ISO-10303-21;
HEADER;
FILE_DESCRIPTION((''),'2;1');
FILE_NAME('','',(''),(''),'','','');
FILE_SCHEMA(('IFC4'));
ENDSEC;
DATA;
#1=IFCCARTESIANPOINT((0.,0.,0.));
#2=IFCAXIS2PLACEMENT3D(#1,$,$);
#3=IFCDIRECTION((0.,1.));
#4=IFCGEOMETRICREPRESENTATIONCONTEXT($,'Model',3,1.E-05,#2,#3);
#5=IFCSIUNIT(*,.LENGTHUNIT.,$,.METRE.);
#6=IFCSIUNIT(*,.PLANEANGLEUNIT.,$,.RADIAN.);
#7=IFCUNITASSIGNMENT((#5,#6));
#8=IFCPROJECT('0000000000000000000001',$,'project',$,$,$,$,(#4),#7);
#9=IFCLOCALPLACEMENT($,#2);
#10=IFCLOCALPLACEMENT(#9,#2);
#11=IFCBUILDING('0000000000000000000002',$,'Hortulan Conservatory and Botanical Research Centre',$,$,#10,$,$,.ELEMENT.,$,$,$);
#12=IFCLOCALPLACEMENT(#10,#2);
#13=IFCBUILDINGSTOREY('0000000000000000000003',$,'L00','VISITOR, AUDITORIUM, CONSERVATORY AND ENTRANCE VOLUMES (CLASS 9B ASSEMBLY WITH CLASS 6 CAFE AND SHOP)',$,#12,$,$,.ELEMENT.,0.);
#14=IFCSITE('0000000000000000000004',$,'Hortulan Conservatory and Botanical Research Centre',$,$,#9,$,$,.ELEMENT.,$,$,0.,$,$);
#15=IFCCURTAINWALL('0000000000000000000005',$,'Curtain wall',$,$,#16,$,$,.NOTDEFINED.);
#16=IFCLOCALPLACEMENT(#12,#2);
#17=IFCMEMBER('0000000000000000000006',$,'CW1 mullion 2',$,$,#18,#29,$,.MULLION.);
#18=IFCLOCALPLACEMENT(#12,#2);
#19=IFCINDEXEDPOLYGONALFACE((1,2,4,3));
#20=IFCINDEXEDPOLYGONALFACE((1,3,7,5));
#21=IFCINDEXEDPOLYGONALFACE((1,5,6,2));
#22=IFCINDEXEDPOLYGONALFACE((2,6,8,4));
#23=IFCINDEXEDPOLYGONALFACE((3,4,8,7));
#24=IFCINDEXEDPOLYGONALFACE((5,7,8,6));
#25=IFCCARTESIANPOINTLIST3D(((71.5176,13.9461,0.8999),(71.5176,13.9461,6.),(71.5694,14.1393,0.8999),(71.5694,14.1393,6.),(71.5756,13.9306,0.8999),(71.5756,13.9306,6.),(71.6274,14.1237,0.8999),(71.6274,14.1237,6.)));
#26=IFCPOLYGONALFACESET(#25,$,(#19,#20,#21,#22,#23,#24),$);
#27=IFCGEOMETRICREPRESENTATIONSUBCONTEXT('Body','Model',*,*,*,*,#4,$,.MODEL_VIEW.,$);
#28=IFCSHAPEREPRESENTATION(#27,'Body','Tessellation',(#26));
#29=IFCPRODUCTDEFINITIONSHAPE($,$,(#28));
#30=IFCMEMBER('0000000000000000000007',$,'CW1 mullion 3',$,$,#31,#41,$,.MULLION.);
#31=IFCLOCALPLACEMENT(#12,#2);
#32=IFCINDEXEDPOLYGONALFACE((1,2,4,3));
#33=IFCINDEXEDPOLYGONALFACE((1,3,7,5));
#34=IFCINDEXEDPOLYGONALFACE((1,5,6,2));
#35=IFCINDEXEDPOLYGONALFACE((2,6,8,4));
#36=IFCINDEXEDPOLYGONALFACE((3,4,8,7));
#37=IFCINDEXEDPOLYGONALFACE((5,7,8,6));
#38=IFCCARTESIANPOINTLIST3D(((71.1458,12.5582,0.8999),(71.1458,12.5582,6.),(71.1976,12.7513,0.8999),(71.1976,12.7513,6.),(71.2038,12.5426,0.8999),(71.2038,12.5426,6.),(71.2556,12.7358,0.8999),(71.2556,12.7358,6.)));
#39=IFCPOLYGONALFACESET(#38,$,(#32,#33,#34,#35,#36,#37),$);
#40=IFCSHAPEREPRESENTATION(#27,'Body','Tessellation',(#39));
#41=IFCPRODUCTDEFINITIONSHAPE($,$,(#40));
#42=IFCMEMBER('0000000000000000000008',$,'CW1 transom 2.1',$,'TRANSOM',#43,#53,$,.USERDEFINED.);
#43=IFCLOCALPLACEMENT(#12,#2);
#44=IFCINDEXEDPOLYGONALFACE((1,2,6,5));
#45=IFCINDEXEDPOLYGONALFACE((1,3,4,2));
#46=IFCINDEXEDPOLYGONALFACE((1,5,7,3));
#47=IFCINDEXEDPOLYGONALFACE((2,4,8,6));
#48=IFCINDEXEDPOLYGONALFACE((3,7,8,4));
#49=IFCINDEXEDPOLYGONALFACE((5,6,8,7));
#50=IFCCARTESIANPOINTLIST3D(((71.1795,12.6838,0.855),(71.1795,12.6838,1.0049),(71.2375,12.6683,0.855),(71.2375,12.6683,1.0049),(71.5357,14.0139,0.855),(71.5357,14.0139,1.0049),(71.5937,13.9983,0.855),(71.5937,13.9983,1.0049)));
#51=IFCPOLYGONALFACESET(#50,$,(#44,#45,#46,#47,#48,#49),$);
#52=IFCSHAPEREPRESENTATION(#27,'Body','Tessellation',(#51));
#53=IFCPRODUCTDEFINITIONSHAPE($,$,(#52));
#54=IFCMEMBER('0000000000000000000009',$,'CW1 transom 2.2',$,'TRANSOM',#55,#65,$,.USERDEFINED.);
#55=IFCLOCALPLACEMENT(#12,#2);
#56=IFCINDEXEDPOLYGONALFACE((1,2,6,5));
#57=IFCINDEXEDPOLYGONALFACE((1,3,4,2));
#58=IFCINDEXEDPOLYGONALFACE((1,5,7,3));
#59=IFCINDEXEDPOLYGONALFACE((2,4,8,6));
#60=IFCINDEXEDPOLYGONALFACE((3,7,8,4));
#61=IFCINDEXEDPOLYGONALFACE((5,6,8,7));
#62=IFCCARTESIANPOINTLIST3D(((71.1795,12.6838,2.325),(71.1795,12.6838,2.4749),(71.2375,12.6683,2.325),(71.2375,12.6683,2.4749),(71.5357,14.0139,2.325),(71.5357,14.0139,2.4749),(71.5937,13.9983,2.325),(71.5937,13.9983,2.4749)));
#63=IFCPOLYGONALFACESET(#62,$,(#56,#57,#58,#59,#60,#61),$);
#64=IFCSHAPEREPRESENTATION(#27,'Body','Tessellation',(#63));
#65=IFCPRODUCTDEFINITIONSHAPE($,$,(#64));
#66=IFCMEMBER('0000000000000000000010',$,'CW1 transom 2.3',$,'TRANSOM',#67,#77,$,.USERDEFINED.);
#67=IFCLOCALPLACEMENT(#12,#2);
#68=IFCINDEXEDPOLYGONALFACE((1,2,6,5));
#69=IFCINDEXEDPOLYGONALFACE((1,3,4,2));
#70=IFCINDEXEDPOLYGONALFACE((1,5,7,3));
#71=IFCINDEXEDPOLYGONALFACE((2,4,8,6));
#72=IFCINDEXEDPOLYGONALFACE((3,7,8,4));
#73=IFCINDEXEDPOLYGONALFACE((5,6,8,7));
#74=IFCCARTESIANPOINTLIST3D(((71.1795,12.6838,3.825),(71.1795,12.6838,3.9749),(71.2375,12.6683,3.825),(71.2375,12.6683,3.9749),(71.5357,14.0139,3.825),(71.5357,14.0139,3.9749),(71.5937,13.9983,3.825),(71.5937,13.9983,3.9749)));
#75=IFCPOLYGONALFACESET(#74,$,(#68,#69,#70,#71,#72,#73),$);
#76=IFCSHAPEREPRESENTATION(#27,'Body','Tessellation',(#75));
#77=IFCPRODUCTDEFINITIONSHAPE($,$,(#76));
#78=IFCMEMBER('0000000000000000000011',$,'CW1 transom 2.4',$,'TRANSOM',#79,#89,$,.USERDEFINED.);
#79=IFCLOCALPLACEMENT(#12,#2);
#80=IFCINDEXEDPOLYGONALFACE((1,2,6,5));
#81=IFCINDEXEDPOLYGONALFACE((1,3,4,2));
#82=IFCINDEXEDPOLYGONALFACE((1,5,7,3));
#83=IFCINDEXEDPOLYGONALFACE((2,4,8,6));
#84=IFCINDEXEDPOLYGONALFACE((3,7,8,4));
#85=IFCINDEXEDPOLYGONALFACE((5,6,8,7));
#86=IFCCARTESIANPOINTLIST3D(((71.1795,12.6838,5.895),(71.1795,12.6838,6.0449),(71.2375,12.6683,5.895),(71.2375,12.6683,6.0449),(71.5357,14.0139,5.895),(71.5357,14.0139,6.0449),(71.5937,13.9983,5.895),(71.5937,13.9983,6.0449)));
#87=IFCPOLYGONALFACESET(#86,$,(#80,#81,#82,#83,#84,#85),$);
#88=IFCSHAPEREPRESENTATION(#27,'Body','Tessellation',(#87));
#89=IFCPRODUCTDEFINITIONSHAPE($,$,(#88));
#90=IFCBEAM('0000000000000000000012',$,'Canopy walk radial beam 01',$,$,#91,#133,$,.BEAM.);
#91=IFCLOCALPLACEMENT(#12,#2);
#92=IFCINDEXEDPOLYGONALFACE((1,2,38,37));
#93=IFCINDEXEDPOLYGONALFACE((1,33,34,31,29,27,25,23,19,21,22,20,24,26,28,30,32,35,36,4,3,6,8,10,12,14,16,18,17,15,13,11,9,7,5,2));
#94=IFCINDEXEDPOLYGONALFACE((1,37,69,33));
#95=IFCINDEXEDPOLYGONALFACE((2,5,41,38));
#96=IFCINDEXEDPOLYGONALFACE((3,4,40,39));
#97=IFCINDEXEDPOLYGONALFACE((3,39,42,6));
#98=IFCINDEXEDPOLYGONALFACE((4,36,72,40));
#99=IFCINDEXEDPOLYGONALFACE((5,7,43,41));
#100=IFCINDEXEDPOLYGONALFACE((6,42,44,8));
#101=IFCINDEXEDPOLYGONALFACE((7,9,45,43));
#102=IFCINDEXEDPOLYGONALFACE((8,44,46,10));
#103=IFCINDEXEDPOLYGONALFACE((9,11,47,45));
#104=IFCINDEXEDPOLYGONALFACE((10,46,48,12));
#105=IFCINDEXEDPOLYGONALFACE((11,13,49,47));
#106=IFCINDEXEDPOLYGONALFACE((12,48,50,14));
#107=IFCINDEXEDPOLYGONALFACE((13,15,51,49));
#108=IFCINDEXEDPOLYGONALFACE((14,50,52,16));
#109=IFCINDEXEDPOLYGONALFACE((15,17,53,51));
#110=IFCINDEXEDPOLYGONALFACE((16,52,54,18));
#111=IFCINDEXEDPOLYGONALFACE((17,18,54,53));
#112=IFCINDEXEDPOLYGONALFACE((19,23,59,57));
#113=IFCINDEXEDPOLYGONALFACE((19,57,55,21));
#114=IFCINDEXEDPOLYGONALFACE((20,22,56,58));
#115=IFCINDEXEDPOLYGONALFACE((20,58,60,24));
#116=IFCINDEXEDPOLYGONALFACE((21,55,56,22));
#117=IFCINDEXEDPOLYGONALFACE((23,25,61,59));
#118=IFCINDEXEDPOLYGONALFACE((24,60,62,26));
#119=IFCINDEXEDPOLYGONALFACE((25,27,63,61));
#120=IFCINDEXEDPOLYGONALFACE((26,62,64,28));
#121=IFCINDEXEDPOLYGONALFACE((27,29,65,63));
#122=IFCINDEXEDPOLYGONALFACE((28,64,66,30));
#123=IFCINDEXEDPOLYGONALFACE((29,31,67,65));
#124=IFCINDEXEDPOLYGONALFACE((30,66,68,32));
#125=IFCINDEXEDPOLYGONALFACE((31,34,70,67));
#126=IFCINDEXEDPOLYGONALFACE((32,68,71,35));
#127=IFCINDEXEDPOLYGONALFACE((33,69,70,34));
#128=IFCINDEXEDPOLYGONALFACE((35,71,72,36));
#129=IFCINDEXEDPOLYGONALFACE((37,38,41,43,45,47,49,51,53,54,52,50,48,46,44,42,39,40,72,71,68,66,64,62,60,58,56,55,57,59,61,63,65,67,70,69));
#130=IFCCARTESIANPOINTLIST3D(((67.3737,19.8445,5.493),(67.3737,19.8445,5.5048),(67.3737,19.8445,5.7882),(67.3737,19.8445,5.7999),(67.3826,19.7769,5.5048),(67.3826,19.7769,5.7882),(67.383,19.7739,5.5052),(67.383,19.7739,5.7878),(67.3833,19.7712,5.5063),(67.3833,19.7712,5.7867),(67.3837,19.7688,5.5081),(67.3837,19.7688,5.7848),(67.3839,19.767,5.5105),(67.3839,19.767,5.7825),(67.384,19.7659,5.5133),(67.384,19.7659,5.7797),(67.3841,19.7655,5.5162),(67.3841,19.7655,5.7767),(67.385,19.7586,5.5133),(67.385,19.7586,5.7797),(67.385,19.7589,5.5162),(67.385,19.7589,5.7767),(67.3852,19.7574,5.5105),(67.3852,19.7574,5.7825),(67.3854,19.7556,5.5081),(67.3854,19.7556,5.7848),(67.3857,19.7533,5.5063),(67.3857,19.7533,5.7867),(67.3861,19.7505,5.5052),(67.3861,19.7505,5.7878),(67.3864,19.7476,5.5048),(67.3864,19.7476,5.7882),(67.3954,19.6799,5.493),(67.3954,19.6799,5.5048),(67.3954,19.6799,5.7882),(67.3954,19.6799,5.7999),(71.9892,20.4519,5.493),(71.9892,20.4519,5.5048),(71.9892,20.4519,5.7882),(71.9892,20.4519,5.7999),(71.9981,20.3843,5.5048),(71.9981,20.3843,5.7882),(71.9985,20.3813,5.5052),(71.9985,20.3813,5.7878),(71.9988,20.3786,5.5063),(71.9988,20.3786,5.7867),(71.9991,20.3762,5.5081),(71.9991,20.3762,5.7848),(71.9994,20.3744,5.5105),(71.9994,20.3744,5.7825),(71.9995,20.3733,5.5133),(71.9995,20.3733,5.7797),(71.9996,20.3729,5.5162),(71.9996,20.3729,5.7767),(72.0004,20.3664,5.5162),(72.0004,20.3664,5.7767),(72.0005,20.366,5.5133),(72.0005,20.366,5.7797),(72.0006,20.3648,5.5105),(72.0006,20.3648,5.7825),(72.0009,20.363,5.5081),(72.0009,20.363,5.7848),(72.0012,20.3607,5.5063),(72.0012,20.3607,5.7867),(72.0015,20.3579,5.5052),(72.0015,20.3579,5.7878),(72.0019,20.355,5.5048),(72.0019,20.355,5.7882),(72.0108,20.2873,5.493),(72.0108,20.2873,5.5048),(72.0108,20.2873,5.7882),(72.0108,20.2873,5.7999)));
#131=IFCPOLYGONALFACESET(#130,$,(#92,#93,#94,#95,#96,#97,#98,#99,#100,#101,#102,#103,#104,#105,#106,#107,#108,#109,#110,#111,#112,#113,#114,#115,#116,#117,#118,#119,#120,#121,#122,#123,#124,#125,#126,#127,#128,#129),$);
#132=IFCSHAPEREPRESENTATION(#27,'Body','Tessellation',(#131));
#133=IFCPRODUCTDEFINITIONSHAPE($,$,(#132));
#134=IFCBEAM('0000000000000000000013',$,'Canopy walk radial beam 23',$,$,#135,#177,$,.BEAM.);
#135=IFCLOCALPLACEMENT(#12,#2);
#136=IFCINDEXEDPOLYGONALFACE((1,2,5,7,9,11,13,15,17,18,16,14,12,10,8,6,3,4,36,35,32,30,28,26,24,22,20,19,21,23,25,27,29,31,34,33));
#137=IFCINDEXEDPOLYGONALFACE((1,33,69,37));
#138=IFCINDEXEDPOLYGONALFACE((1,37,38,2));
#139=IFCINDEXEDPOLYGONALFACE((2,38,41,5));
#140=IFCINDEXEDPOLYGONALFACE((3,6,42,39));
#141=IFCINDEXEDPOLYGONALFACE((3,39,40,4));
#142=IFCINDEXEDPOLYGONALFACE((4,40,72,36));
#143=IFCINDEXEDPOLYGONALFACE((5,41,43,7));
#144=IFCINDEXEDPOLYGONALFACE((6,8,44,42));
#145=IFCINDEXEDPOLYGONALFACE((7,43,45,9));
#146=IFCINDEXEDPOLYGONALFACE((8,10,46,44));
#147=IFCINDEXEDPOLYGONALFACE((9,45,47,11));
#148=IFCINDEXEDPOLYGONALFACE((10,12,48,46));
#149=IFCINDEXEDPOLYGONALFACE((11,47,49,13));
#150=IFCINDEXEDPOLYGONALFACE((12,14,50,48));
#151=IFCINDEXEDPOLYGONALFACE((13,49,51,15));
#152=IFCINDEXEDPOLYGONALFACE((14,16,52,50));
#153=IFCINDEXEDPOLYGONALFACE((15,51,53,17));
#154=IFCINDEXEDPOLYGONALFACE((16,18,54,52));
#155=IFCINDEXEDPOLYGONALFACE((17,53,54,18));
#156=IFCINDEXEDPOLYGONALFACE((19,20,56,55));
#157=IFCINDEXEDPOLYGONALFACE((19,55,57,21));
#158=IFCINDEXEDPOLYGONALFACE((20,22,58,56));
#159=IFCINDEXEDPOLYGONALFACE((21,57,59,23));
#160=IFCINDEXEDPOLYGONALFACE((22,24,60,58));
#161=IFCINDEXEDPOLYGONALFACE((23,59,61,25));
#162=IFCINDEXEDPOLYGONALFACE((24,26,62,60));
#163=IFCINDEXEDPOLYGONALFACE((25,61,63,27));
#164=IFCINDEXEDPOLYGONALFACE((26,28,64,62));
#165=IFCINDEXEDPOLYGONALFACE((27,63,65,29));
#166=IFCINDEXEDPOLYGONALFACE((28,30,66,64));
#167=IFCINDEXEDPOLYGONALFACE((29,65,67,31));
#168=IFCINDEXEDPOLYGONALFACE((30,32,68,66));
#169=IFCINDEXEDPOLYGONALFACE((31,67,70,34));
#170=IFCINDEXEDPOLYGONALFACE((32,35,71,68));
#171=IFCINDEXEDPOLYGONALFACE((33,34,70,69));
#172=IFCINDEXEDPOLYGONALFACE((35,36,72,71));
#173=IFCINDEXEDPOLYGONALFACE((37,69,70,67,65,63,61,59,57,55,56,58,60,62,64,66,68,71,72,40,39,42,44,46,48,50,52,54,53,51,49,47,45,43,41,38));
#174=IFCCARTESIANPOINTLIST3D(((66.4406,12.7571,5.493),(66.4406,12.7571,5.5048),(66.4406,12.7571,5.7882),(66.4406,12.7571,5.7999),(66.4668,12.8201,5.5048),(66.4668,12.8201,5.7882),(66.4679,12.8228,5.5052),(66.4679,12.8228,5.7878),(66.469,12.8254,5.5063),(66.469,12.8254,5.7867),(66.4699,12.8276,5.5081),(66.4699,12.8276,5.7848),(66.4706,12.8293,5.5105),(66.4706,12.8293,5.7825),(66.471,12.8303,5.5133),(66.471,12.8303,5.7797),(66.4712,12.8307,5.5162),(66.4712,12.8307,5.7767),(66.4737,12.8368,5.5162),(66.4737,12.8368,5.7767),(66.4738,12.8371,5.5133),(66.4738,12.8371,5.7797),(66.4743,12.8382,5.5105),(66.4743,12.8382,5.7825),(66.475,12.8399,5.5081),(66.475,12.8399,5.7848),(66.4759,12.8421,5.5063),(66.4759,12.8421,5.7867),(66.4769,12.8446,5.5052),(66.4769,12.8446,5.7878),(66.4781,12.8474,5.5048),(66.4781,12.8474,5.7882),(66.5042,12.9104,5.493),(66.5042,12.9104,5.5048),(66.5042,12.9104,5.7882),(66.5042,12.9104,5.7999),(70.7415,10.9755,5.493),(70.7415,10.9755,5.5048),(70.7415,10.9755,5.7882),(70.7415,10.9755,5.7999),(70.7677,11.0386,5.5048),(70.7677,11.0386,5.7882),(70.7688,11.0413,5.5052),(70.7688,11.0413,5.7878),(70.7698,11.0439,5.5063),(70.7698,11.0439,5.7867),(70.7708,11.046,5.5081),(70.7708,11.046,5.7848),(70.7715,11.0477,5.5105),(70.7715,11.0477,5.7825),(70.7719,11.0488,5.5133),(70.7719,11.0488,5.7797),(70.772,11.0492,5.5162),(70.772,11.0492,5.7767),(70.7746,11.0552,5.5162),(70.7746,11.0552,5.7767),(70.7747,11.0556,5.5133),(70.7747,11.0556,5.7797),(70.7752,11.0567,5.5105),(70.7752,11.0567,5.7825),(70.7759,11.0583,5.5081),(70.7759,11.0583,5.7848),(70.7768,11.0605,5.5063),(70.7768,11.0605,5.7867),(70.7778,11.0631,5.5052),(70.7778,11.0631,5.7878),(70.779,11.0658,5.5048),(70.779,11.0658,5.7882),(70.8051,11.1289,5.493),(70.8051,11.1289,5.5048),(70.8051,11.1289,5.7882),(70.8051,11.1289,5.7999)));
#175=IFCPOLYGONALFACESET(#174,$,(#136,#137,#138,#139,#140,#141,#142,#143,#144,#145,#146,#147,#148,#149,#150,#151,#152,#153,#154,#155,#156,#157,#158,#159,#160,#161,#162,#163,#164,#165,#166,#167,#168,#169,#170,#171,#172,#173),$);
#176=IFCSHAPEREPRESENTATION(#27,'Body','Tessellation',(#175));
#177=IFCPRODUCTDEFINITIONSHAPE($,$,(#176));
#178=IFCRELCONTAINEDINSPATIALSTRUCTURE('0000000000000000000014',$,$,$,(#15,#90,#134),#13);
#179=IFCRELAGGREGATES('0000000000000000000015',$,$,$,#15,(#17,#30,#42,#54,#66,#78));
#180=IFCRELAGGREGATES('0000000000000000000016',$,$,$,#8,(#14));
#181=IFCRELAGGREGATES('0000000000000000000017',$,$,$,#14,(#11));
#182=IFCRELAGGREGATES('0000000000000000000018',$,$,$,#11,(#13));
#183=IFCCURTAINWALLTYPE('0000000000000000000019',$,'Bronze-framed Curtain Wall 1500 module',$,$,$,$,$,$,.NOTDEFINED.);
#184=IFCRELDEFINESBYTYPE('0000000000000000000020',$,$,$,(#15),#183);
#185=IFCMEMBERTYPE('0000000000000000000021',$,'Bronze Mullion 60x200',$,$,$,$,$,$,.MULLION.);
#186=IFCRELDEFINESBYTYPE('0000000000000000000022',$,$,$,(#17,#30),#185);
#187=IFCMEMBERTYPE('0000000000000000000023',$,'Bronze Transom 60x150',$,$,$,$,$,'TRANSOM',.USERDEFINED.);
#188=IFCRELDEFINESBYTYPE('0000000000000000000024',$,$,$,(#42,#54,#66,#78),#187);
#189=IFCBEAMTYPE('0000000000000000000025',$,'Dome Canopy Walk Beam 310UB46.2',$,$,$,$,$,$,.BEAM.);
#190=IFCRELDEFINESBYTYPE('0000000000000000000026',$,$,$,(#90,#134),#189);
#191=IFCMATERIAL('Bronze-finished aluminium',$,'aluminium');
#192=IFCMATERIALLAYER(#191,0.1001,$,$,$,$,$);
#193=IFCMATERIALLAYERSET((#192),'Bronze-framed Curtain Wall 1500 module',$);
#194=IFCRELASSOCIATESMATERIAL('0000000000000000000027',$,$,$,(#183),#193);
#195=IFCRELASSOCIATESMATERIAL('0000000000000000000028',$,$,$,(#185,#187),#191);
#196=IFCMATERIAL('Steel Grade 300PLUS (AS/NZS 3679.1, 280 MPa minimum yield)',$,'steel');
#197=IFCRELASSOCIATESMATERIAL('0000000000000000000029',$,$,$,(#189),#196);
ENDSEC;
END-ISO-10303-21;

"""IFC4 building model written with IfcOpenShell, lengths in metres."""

from ifc_helpers import new_model, si_unit, direction, frame, origin, origin_2d, place, context, subcontext, project, spatial, rectangle, i_section, extrude, material, layer, layer_set, material_profile, profile_set, type_object, element, aggregate, save


model = new_model("IFC4")

# Units and contexts
model_context = context("Model", 3, precision=1e-05, world=origin(), true_north=direction((0.0, 1.0)))
body_context = subcontext(model_context, "Body", "Model", "MODEL_VIEW")
ifc_project = project(units=[si_unit("LENGTHUNIT", "METRE"), si_unit("PLANEANGLEUNIT", "RADIAN")], contexts=[model_context])

# Site, building, storey
site_placement = place(None, origin())
site = spatial("IfcSite", under=ifc_project, at=site_placement, Name="Hortulan Conservatory and Botanical Research Centre", CompositionType="ELEMENT", RefElevation=0.0)
building_placement = place(site_placement, origin())
building = spatial("IfcBuilding", under=site, at=building_placement, Name="Hortulan Conservatory and Botanical Research Centre", CompositionType="ELEMENT")
storey_placement = place(building_placement, origin())
storey = spatial("IfcBuildingStorey", under=building, at=storey_placement, Name="L00", Description="VISITOR, AUDITORIUM, CONSERVATORY AND ENTRANCE VOLUMES (CLASS 9B ASSEMBLY WITH CLASS 6 CAFE AND SHOP)", CompositionType="ELEMENT", Elevation=0.0)

# Curtain wall, members
ifc_material_1 = material(Name="Bronze-finished aluminium", Category="aluminium")
ifc_layer_1 = layer(ifc_material_1, 0.1001)
ifc_layer_set_1 = layer_set([ifc_layer_1], Name="Bronze-framed Curtain Wall 1500 module")
curtain_wall_type = type_object("IfcCurtainWallType", Name="Bronze-framed Curtain Wall 1500 module", PredefinedType="NOTDEFINED", material=ifc_layer_set_1)
curtain_wall_placement = place(storey_placement, origin())
curtain_wall = element("IfcCurtainWall", 1, at=curtain_wall_placement, inside=storey, type_object=curtain_wall_type, Name="Curtain wall", PredefinedType="NOTDEFINED")
ifc_material_profile_1 = material_profile(ifc_material_1, rectangle(XDim=0.0601, YDim=0.2, at=origin_2d()), Name="Bronze Mullion 60x200")
ifc_profile_set_1 = profile_set([ifc_material_profile_1], Name="Bronze-finished aluminium")
member_type_1 = type_object("IfcMemberType", Name="Bronze Mullion 60x200", PredefinedType="MULLION", material=ifc_profile_set_1)
member_1_placement = place(storey_placement, frame((71.5725, 14.0349, 0.8999), z_axis=(0.0, 0.0, 1.0), x_axis=(0.965922, -0.258832, 0.0)))
member_1 = element("IfcMember", 2, at=member_1_placement, type_object=member_type_1, Name="CW1 mullion 2", PredefinedType="MULLION", context=body_context, shape_type="SweptSolid", body=[
    extrude(rectangle(XDim=0.0601, YDim=0.2, at=origin_2d()), origin(), (0.0, 0.0, 1.0), 5.1001),
])
member_2_placement = place(storey_placement, frame((71.2007, 12.647, 0.8999), z_axis=(0.0, 0.0, 1.0), x_axis=(0.965922, -0.258832, 0.0)))
member_2 = element("IfcMember", 3, at=member_2_placement, type_object=member_type_1, Name="CW1 mullion 3", PredefinedType="MULLION", context=body_context, shape_type="SweptSolid", body=[
    extrude(rectangle(XDim=0.0601, YDim=0.2, at=origin_2d()), origin(), (0.0, 0.0, 1.0), 5.1001),
])
ifc_material_profile_2 = material_profile(ifc_material_1, rectangle(XDim=0.0601, YDim=0.1499, at=origin_2d()), Name="Bronze Transom 60x150")
ifc_profile_set_2 = profile_set([ifc_material_profile_2], Name="Bronze-finished aluminium")
member_type_2 = type_object("IfcMemberType", Name="Bronze Transom 60x150", ElementType="TRANSOM", PredefinedType="USERDEFINED", material=ifc_profile_set_2)
member_3_placement = place(storey_placement, frame((71.5647, 14.0061, 0.9299), z_axis=(-0.258689, -0.965961, 0.0), x_axis=(0.965961, -0.258689, 0.0)))
member_3 = element("IfcMember", 4, at=member_3_placement, type_object=member_type_2, Name="CW1 transom 2.1", ObjectType="TRANSOM", PredefinedType="USERDEFINED", context=body_context, shape_type="SweptSolid", body=[
    extrude(rectangle(XDim=0.0601, YDim=0.1499, at=origin_2d()), origin(), (0.0, 0.0, 1.0), 1.377),
])
member_4_placement = place(storey_placement, frame((71.5647, 14.0061, 2.3999), z_axis=(-0.258689, -0.965961, 0.0), x_axis=(0.965961, -0.258689, 0.0)))
member_4 = element("IfcMember", 5, at=member_4_placement, type_object=member_type_2, Name="CW1 transom 2.2", ObjectType="TRANSOM", PredefinedType="USERDEFINED", context=body_context, shape_type="SweptSolid", body=[
    extrude(rectangle(XDim=0.0601, YDim=0.1499, at=origin_2d()), origin(), (0.0, 0.0, 1.0), 1.377),
])
member_5_placement = place(storey_placement, frame((71.5647, 14.0061, 3.8999), z_axis=(-0.258689, -0.965961, 0.0), x_axis=(0.965961, -0.258689, 0.0)))
member_5 = element("IfcMember", 6, at=member_5_placement, type_object=member_type_2, Name="CW1 transom 2.3", ObjectType="TRANSOM", PredefinedType="USERDEFINED", context=body_context, shape_type="SweptSolid", body=[
    extrude(rectangle(XDim=0.0601, YDim=0.1499, at=origin_2d()), origin(), (0.0, 0.0, 1.0), 1.377),
])
member_6_placement = place(storey_placement, frame((71.5647, 14.0061, 5.97), z_axis=(-0.258689, -0.965961, 0.0), x_axis=(0.965961, -0.258689, 0.0)))
member_6 = element("IfcMember", 7, at=member_6_placement, type_object=member_type_2, Name="CW1 transom 2.4", ObjectType="TRANSOM", PredefinedType="USERDEFINED", context=body_context, shape_type="SweptSolid", body=[
    extrude(rectangle(XDim=0.0601, YDim=0.1499, at=origin_2d()), origin(), (0.0, 0.0, 1.0), 1.377),
])

# Beams
ifc_material_2 = material(Name="Steel Grade 300PLUS (AS/NZS 3679.1, 280 MPa minimum yield)", Category="steel")
ifc_material_profile_3 = material_profile(ifc_material_2, i_section(OverallWidth=0.166, OverallDepth=0.3069, WebThickness=0.0066, FlangeThickness=0.0117, FilletRadius=0.0115, at=origin_2d()), Name="310UB46.2")
ifc_profile_set_3 = profile_set([ifc_material_profile_3], Name="Steel Grade 300PLUS (AS/NZS 3679.1, 280 MPa minimum yield)")
beam_type = type_object("IfcBeamType", Name="Dome Canopy Walk Beam 310UB46.2", PredefinedType="BEAM", material=ifc_profile_set_3)
for number, where, z_axis, x_axis, name in (
    (8, (67.3845, 19.7622, 5.6465), (0.991451, 0.13048, 0.0), (-0.13048, 0.991451, 0.0), "Canopy walk radial beam 01"),
    (9, (66.4724, 12.8337, 5.6465), (0.923876, -0.382693, 0.0), (0.382693, 0.923876, 0.0), "Canopy walk radial beam 23"),
):
    element("IfcBeam", number, at=place(storey_placement, frame(where, z_axis=z_axis, x_axis=x_axis)), inside=storey, type_object=beam_type, Name=name, PredefinedType="BEAM", context=body_context, shape_type="SweptSolid", body=[
        extrude(i_section(OverallWidth=0.166, OverallDepth=0.3069, WebThickness=0.0066, FlangeThickness=0.0117, FilletRadius=0.0115, at=origin_2d()), origin(), (0.0, 0.0, 1.0), 4.6553),
    ])

aggregate(curtain_wall, [member_1, member_2, member_3, member_4, member_5, member_6])

save(model, "model.ifc")
